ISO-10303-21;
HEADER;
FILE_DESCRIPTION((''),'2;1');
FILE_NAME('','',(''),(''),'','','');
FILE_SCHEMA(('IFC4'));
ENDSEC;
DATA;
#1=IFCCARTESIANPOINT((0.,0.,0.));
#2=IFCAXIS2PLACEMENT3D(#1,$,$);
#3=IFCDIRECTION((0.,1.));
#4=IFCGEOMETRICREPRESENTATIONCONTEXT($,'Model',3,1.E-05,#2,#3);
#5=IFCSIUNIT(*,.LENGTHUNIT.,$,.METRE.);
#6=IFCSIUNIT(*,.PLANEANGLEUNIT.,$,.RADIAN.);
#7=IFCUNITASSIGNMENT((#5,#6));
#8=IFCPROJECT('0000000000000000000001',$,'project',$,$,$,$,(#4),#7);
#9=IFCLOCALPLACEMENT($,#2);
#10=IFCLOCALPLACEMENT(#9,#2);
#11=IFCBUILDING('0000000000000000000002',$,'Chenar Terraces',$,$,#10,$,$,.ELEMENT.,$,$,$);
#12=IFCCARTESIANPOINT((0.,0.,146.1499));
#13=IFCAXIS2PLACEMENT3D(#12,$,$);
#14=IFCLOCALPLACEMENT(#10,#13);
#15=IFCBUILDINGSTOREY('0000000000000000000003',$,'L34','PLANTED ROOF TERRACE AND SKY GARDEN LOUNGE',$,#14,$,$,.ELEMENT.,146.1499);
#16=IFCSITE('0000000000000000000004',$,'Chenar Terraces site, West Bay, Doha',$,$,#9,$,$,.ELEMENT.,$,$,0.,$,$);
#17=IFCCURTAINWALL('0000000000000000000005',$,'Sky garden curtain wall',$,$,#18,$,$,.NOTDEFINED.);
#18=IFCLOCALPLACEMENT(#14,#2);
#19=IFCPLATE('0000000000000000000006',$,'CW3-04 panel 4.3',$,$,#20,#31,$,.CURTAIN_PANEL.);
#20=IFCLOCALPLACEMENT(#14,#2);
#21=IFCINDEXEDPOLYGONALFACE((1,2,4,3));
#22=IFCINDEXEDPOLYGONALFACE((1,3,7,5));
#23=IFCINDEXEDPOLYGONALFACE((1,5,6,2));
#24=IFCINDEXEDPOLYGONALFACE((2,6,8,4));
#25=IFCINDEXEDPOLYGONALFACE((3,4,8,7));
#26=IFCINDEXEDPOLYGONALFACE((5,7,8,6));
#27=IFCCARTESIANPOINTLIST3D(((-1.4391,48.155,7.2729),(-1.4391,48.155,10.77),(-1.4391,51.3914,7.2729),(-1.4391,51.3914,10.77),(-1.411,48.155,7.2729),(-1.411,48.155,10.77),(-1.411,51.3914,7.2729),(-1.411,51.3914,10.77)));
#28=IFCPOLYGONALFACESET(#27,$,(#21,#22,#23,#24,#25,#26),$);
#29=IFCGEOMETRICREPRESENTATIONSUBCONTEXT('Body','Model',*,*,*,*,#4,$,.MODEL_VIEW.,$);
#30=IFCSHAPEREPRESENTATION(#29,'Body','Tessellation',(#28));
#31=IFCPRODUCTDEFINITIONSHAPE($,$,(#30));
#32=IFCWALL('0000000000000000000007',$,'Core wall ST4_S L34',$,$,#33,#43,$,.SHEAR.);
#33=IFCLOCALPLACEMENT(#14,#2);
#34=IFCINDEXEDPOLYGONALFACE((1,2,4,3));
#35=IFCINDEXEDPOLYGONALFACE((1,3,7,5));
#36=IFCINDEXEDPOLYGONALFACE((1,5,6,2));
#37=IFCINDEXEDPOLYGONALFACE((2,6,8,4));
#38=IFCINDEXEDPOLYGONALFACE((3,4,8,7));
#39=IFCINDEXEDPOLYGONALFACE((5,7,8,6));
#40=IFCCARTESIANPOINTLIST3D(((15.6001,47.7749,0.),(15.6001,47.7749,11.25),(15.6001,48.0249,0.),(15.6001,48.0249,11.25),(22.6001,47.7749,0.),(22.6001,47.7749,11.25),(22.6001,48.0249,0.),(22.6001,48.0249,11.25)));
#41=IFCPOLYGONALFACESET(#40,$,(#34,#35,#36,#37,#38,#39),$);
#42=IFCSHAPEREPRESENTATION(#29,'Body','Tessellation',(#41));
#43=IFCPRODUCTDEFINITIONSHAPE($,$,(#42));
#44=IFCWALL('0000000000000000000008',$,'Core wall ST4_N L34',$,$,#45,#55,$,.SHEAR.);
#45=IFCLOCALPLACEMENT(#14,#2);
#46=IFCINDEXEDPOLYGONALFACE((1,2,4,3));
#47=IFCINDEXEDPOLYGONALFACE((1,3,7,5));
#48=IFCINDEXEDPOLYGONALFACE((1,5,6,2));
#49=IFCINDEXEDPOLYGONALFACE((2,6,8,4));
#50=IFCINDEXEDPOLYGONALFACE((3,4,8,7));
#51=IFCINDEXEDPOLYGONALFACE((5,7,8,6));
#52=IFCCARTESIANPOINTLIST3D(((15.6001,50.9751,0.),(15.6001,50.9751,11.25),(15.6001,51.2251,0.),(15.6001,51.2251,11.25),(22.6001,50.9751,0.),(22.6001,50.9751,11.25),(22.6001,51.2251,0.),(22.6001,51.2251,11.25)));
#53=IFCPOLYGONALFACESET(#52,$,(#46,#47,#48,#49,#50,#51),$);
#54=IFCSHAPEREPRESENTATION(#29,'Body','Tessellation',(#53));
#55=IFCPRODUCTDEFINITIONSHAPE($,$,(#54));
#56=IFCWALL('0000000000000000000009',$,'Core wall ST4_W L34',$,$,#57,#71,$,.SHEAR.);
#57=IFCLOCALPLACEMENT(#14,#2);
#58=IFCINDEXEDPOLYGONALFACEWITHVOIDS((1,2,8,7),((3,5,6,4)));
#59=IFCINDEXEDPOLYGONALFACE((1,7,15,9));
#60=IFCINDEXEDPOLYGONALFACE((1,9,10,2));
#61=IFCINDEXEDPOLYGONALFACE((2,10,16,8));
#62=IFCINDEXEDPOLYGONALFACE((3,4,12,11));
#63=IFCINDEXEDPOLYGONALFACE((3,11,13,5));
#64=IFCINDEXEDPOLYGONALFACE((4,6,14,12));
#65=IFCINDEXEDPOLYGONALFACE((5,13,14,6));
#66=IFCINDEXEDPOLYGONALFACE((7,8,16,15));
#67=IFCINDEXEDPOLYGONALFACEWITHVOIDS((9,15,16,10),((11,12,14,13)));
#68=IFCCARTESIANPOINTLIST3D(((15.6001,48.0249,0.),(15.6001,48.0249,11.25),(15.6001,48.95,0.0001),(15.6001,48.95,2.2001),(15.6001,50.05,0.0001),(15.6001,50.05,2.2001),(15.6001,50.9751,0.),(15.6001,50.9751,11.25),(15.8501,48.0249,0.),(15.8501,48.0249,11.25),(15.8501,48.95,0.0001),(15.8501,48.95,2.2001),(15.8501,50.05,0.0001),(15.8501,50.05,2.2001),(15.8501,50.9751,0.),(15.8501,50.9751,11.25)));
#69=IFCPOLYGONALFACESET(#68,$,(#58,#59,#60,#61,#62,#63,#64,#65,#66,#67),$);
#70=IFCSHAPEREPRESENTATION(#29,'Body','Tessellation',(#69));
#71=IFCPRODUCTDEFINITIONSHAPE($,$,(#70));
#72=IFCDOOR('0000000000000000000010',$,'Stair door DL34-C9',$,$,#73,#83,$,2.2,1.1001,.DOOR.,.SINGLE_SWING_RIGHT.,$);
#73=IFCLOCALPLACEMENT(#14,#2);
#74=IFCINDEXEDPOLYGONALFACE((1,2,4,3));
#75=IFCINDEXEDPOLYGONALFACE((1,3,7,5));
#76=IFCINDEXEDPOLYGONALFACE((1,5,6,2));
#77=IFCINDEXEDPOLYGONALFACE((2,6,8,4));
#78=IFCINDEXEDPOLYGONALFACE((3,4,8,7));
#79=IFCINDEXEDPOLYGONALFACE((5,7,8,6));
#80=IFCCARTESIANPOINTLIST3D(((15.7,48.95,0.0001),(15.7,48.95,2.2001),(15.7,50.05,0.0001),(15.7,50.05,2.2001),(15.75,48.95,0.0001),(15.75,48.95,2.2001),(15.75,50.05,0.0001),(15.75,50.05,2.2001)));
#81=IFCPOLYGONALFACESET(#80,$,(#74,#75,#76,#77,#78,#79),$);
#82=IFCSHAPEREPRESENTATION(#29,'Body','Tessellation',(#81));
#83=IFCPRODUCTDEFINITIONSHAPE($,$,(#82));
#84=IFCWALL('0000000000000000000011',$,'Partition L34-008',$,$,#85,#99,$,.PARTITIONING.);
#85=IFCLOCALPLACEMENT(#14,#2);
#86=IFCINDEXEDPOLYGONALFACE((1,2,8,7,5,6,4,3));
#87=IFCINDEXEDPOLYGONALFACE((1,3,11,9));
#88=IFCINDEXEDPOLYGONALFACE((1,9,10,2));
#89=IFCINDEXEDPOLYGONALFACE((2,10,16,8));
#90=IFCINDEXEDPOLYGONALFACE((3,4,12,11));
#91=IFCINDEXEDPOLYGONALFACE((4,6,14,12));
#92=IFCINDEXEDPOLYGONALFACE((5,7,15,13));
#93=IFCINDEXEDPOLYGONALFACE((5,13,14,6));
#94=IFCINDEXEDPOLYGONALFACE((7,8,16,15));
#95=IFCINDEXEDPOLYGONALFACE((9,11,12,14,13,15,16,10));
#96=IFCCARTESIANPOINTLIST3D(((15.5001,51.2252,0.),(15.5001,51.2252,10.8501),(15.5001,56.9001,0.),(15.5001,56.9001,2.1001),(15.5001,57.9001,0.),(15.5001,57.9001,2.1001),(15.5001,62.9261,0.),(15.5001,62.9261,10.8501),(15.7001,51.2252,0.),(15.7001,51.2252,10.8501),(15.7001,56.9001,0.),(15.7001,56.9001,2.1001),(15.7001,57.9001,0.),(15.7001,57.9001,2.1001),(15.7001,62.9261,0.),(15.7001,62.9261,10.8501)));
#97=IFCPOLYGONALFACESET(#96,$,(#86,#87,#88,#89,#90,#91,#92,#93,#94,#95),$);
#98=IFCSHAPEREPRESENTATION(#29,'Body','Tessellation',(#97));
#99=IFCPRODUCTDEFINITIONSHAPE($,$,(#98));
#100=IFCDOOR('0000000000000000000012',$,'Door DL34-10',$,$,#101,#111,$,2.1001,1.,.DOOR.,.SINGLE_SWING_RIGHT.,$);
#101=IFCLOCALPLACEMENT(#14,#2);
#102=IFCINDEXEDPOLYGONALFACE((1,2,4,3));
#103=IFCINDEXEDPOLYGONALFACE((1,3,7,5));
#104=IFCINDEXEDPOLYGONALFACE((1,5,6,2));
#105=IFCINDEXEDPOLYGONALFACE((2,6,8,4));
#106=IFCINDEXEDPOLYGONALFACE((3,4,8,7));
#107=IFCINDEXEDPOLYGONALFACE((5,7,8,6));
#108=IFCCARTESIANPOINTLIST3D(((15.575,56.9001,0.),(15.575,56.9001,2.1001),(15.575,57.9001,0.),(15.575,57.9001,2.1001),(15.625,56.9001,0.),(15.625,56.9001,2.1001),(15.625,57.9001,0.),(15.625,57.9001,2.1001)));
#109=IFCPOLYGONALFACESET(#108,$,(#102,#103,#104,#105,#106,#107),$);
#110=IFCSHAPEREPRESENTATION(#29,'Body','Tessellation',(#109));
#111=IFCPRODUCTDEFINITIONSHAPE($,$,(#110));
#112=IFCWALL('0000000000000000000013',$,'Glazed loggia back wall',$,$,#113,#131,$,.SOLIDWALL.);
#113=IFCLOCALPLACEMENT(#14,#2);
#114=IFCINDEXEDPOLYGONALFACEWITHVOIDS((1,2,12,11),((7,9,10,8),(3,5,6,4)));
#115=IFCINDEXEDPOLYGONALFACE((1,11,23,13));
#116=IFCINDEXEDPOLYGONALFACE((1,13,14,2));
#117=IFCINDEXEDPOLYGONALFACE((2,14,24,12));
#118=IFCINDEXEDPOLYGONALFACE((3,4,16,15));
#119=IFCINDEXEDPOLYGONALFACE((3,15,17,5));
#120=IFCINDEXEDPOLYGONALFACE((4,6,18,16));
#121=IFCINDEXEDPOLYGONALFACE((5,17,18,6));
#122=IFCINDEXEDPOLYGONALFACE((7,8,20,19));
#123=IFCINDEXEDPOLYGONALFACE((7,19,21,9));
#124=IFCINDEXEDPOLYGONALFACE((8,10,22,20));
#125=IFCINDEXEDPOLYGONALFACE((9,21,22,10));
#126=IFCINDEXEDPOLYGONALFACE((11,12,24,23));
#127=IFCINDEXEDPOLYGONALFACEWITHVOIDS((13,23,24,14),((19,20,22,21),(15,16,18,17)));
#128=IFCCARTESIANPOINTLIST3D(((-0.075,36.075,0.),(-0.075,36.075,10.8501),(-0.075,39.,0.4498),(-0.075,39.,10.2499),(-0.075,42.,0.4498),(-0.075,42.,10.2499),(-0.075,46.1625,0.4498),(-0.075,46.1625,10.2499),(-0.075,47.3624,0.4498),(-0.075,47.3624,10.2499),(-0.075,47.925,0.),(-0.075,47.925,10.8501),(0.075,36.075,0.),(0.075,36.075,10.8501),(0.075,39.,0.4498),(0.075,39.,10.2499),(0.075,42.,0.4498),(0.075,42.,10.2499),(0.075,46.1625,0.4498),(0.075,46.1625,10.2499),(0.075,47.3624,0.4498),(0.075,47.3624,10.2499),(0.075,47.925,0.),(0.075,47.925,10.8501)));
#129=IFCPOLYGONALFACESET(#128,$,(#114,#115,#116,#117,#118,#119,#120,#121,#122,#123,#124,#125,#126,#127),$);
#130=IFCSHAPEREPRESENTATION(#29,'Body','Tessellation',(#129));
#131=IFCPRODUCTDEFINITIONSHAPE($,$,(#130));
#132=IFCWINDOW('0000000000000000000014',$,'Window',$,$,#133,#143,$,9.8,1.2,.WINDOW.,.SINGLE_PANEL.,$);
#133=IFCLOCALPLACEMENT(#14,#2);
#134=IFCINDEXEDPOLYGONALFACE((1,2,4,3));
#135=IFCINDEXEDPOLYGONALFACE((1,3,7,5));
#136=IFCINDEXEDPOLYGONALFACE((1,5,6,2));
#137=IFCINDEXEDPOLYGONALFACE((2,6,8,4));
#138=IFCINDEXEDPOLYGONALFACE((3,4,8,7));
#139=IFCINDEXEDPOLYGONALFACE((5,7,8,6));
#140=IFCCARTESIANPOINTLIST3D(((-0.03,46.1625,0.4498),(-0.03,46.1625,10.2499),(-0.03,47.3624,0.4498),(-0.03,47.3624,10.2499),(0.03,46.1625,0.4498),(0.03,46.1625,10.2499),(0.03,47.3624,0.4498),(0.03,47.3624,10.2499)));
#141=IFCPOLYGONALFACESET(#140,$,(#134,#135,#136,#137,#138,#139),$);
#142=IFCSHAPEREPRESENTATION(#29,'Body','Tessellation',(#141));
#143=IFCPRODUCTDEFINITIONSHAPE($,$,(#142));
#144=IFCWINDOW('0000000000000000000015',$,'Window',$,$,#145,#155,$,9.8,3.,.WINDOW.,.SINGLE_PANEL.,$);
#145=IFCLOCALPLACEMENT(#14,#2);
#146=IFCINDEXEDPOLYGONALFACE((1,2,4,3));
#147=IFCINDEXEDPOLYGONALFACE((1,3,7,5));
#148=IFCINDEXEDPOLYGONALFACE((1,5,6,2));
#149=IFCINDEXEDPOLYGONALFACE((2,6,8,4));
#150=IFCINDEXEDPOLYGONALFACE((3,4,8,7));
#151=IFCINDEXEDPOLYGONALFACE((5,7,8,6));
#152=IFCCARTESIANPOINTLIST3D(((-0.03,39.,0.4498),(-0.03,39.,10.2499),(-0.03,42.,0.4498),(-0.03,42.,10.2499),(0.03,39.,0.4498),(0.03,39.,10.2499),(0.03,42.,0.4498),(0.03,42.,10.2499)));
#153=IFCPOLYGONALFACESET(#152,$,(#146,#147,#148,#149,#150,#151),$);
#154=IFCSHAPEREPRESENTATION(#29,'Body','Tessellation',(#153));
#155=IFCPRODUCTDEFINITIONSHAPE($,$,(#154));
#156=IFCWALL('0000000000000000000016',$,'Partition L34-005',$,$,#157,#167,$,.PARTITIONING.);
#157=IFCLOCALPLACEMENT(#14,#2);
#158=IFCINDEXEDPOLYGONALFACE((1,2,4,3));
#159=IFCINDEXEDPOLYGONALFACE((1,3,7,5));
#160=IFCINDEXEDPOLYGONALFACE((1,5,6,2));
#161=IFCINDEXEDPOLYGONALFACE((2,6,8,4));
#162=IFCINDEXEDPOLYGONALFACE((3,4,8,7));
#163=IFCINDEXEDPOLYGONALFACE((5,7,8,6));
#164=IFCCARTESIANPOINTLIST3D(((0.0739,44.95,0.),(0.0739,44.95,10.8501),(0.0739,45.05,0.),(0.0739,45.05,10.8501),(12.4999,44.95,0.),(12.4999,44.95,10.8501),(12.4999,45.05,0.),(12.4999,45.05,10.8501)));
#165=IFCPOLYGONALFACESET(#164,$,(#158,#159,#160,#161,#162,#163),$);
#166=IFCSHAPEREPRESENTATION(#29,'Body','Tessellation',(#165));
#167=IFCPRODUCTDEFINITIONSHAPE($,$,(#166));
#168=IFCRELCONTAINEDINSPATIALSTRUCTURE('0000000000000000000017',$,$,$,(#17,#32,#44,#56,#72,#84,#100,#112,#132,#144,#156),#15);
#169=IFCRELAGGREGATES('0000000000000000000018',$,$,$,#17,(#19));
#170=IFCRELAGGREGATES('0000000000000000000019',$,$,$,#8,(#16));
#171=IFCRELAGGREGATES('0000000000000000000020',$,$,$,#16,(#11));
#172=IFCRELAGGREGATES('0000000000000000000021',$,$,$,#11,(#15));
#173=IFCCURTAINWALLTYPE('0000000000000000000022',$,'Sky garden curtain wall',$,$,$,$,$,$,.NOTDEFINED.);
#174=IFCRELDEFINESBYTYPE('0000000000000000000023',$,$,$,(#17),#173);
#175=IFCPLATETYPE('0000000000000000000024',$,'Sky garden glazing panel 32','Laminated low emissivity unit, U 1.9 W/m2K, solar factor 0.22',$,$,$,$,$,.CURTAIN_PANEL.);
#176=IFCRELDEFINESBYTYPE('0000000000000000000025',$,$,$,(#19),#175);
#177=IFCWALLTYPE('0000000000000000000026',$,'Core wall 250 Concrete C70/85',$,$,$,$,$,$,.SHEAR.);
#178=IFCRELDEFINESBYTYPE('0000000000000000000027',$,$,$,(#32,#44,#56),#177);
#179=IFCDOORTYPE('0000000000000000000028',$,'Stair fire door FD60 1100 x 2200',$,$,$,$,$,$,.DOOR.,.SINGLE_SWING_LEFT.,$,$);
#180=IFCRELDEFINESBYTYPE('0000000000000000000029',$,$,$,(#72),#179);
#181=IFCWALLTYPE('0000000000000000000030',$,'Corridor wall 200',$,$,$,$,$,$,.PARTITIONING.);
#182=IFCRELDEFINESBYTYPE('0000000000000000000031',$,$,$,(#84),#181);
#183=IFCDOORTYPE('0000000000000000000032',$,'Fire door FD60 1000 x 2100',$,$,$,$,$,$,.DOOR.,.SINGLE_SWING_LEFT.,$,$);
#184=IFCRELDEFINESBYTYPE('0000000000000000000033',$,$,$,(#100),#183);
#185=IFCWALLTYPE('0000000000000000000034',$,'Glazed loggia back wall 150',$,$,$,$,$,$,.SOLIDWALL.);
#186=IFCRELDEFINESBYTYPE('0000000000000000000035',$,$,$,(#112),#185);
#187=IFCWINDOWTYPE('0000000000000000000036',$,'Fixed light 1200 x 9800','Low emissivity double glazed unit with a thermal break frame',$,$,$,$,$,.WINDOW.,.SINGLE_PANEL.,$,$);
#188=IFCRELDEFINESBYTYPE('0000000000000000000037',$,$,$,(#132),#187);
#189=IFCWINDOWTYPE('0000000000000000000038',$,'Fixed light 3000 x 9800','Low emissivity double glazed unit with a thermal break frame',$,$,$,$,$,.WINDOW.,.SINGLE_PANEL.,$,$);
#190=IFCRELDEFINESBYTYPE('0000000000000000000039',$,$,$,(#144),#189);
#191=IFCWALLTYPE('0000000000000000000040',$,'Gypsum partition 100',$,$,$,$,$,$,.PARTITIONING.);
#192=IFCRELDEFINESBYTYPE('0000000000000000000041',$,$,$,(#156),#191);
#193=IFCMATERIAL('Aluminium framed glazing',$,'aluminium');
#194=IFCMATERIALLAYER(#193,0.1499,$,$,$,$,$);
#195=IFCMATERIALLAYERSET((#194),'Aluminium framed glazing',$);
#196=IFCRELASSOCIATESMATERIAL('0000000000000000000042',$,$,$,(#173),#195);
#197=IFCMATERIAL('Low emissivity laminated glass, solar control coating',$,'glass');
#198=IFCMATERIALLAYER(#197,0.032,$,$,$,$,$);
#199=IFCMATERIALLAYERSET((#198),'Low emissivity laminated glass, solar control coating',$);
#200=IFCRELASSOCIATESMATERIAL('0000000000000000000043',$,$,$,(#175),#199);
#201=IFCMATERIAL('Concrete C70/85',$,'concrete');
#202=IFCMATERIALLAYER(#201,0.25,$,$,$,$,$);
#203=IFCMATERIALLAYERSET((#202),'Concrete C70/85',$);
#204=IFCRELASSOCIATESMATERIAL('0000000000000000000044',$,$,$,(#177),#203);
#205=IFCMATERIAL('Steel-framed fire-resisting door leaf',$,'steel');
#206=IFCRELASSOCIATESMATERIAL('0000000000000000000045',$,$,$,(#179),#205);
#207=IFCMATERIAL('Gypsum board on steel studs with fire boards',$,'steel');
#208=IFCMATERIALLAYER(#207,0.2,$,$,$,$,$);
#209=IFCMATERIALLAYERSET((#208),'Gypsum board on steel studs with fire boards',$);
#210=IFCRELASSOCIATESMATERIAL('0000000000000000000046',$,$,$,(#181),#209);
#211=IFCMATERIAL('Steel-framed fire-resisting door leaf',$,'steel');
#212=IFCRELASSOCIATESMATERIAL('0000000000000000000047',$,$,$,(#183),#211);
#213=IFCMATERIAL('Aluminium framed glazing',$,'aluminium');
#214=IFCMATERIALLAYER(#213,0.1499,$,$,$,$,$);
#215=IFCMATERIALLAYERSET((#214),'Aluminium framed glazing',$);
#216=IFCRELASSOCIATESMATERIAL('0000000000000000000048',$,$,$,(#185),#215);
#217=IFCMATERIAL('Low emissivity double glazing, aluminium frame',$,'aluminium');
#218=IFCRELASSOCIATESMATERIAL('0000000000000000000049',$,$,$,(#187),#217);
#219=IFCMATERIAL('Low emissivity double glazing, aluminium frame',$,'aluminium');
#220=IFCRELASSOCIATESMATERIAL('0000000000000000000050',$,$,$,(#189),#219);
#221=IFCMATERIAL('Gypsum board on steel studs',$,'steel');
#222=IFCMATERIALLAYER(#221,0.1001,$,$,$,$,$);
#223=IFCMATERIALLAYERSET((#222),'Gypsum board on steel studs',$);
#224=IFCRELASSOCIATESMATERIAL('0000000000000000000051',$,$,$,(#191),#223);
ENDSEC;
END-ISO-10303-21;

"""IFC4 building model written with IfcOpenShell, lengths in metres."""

from ifc_helpers import new_model, si_unit, direction, frame, frame_2d, origin, origin_2d, place, context, subcontext, project, spatial, rectangle, extrude, material, layer, layer_set, type_object, element, fill, aggregate, save


model = new_model("IFC4")

# Units and contexts
model_context = context("Model", 3, precision=1e-05, world=origin(), true_north=direction((0.0, 1.0)))
body_context = subcontext(model_context, "Body", "Model", "MODEL_VIEW")
ifc_project = project(units=[si_unit("LENGTHUNIT", "METRE"), si_unit("PLANEANGLEUNIT", "RADIAN")], contexts=[model_context])

# Site, building, storey
site_placement = place(None, origin())
site = spatial("IfcSite", under=ifc_project, at=site_placement, Name="Chenar Terraces site, West Bay, Doha", CompositionType="ELEMENT", RefElevation=0.0)
building_placement = place(site_placement, origin())
building = spatial("IfcBuilding", under=site, at=building_placement, Name="Chenar Terraces", CompositionType="ELEMENT")
storey_placement = place(building_placement, frame((0.0, 0.0, 146.1499)))
storey = spatial("IfcBuildingStorey", under=building, at=storey_placement, Name="L34", Description="PLANTED ROOF TERRACE AND SKY GARDEN LOUNGE", CompositionType="ELEMENT", Elevation=146.1499)

# Curtain wall, plate
ifc_material_1 = material(Name="Aluminium framed glazing", Category="aluminium")
ifc_layer_1 = layer(ifc_material_1, 0.1499)
ifc_layer_set_1 = layer_set([ifc_layer_1], Name="Aluminium framed glazing")
curtain_wall_type = type_object("IfcCurtainWallType", Name="Sky garden curtain wall", PredefinedType="NOTDEFINED", material=ifc_layer_set_1)
curtain_wall_placement = place(storey_placement, origin())
curtain_wall = element("IfcCurtainWall", 1, at=curtain_wall_placement, inside=storey, type_object=curtain_wall_type, Name="Sky garden curtain wall", PredefinedType="NOTDEFINED")
ifc_material_2 = material(Name="Low emissivity laminated glass, solar control coating", Category="glass")
ifc_layer_2 = layer(ifc_material_2, 0.032)
ifc_layer_set_2 = layer_set([ifc_layer_2], Name="Low emissivity laminated glass, solar control coating")
plate_type = type_object("IfcPlateType", Name="Sky garden glazing panel 32", Description="Laminated low emissivity unit, U 1.9 W/m2K, solar factor 0.22", PredefinedType="CURTAIN_PANEL", material=ifc_layer_set_2)
plate_1_placement = place(storey_placement, frame((-1.425, 49.7732, 7.2729), z_axis=(0.0, 0.0, 1.0), x_axis=(0.0, -1.0, 0.0)))
plate_1 = element("IfcPlate", 2, at=plate_1_placement, type_object=plate_type, Name="CW3-04 panel 4.3", PredefinedType="CURTAIN_PANEL", context=body_context, shape_type="SweptSolid", body=[
    extrude(rectangle(XDim=3.2363, YDim=0.0281, at=origin_2d()), origin(), (0.0, 0.0, 1.0), 3.4971),
])
aggregate(curtain_wall, [plate_1])

# Walls
ifc_material_3 = material(Name="Concrete C70/85", Category="concrete")
ifc_layer_3 = layer(ifc_material_3, 0.25)
ifc_layer_set_3 = layer_set([ifc_layer_3], Name="Concrete C70/85")
wall_type_1 = type_object("IfcWallType", Name="Core wall 250 Concrete C70/85", PredefinedType="SHEAR", material=ifc_layer_set_3)
for number, where, z_axis, x_axis, name in (
    (3, (15.6001, 47.8999, 0.0), (0.0, 0.0, 1.0), (1.0, 0.0, 0.0), "Core wall ST4_S L34"),
    (4, (15.6001, 51.1001, 0.0), (0.0, 0.0, 1.0), (1.0, 0.0, 0.0), "Core wall ST4_N L34"),
):
    element("IfcWall", number, at=place(storey_placement, frame(where, z_axis=z_axis, x_axis=x_axis)), inside=storey, type_object=wall_type_1, Name=name, PredefinedType="SHEAR", context=body_context, shape_type="SweptSolid", body=[
        extrude(rectangle(XDim=7.0, YDim=0.25, at=frame_2d((3.5, 0.0))), origin(), (0.0, 0.0, 1.0), 11.25),
    ])

# Walls, openings, doors
wall_1_placement = place(storey_placement, frame((15.7251, 48.0249, 0.0), z_axis=(0.0, 0.0, 1.0), x_axis=(0.0, 1.0, 0.0)))
wall_1 = element("IfcWall", 5, at=wall_1_placement, inside=storey, type_object=wall_type_1, Name="Core wall ST4_W L34", PredefinedType="SHEAR", context=body_context, shape_type="SweptSolid", body=[
    extrude(rectangle(XDim=2.9502, YDim=0.25, at=frame_2d((1.4751, 0.0))), origin(), (0.0, 0.0, 1.0), 11.25),
])
opening_1_placement = place(wall_1_placement, frame((0.925, 0.0, 0.0)))
opening_1 = element("IfcOpeningElement", 6, at=opening_1_placement, cuts=wall_1, PredefinedType="OPENING", context=body_context, shape_type="SweptSolid", body=[
    extrude(rectangle(XDim=1.1001, YDim=2.2, at=frame_2d((0.55, 1.1001))), frame((0.0, 0.135, 0.0), z_axis=(0.0, -1.0, 0.0), x_axis=(1.0, 0.0, 0.0)), (0.0, 0.0, 1.0), 0.27),
])
ifc_material_4 = material(Name="Steel-framed fire-resisting door leaf", Category="steel")
door_type_1 = type_object("IfcDoorType", Name="Stair fire door FD60 1100 x 2200", OperationType="SINGLE_SWING_LEFT", PredefinedType="DOOR", material=ifc_material_4)
door_1_placement = place(opening_1_placement, frame((1.1001, 0.0, 0.0), z_axis=(0.0, 0.0, 1.0), x_axis=(-1.0, 0.0, 0.0)))
door_1 = element("IfcDoor", 7, at=door_1_placement, inside=storey, type_object=door_type_1, Name="Stair door DL34-C9", OperationType="SINGLE_SWING_RIGHT", OverallHeight=2.2, OverallWidth=1.1001, PredefinedType="DOOR", context=body_context, shape_type="SweptSolid", body=[
    extrude(rectangle(XDim=1.1001, YDim=2.2, at=frame_2d((0.55, 1.1001))), frame((0.0, 0.0249, 0.0), z_axis=(0.0, -1.0, 0.0), x_axis=(1.0, 0.0, 0.0)), (0.0, 0.0, 1.0), 0.05),
])
fill(opening_1, door_1)
ifc_material_5 = material(Name="Gypsum board on steel studs with fire boards", Category="steel")
ifc_layer_4 = layer(ifc_material_5, 0.2)
ifc_layer_set_4 = layer_set([ifc_layer_4], Name="Gypsum board on steel studs with fire boards")
wall_type_2 = type_object("IfcWallType", Name="Corridor wall 200", PredefinedType="PARTITIONING", material=ifc_layer_set_4)
wall_2_placement = place(storey_placement, frame((15.6001, 51.2251, 0.0), z_axis=(0.0, 0.0, 1.0), x_axis=(0.0, 1.0, 0.0)))
wall_2 = element("IfcWall", 8, at=wall_2_placement, inside=storey, type_object=wall_type_2, Name="Partition L34-008", PredefinedType="PARTITIONING", context=body_context, shape_type="SweptSolid", body=[
    extrude(rectangle(XDim=11.7009, YDim=0.2, at=frame_2d((5.8506, 0.0))), origin(), (0.0, 0.0, 1.0), 10.8501),
])
opening_2_placement = place(wall_2_placement, frame((5.675, 0.0, 0.0)))
opening_2 = element("IfcOpeningElement", 9, at=opening_2_placement, cuts=wall_2, PredefinedType="OPENING", context=body_context, shape_type="SweptSolid", body=[
    extrude(rectangle(XDim=1.0, YDim=2.1001, at=frame_2d((0.5, 1.05))), frame((0.0, 0.1099, 0.0), z_axis=(0.0, -1.0, 0.0), x_axis=(1.0, 0.0, 0.0)), (0.0, 0.0, 1.0), 0.22),
])
ifc_material_6 = material(Name="Steel-framed fire-resisting door leaf", Category="steel")
door_type_2 = type_object("IfcDoorType", Name="Fire door FD60 1000 x 2100", OperationType="SINGLE_SWING_LEFT", PredefinedType="DOOR", material=ifc_material_6)
door_2_placement = place(opening_2_placement, frame((1.0, 0.0, 0.0), z_axis=(0.0, 0.0, 1.0), x_axis=(-1.0, 0.0, 0.0)))
door_2 = element("IfcDoor", 10, at=door_2_placement, inside=storey, type_object=door_type_2, Name="Door DL34-10", OperationType="SINGLE_SWING_RIGHT", OverallHeight=2.1001, OverallWidth=1.0, PredefinedType="DOOR", context=body_context, shape_type="SweptSolid", body=[
    extrude(rectangle(XDim=1.0, YDim=2.1001, at=frame_2d((0.5, 1.05))), frame((0.0, 0.0249, 0.0), z_axis=(0.0, -1.0, 0.0), x_axis=(1.0, 0.0, 0.0)), (0.0, 0.0, 1.0), 0.05),
])
fill(opening_2, door_2)

# Wall, openings, windows
ifc_material_7 = material(Name="Aluminium framed glazing", Category="aluminium")
ifc_layer_5 = layer(ifc_material_7, 0.1499)
ifc_layer_set_5 = layer_set([ifc_layer_5], Name="Aluminium framed glazing")
wall_type_3 = type_object("IfcWallType", Name="Glazed loggia back wall 150", PredefinedType="SOLIDWALL", material=ifc_layer_set_5)
wall_3_placement = place(storey_placement, frame((0.0, 47.925, 0.0), z_axis=(0.0, 0.0, 1.0), x_axis=(0.0, -1.0, 0.0)))
wall_3 = element("IfcWall", 11, at=wall_3_placement, inside=storey, type_object=wall_type_3, Name="Glazed loggia back wall", PredefinedType="SOLIDWALL", context=body_context, shape_type="SweptSolid", body=[
    extrude(rectangle(XDim=11.8501, YDim=0.1499, at=frame_2d((5.925, 0.0))), origin(), (0.0, 0.0, 1.0), 10.8501),
])
opening_3_placement = place(wall_3_placement, frame((0.5625, 0.0, 0.45)))
opening_3 = element("IfcOpeningElement", 12, at=opening_3_placement, cuts=wall_3, PredefinedType="OPENING", context=body_context, shape_type="SweptSolid", body=[
    extrude(rectangle(XDim=1.2, YDim=9.8, at=frame_2d((0.6001, 4.8999))), frame((0.0, 0.085, 0.0), z_axis=(0.0, -1.0, 0.0), x_axis=(1.0, 0.0, 0.0)), (0.0, 0.0, 1.0), 0.1699),
])
opening_4_placement = place(wall_3_placement, frame((5.925, 0.0, 0.45)))
opening_4 = element("IfcOpeningElement", 13, at=opening_4_placement, cuts=wall_3, PredefinedType="OPENING", context=body_context, shape_type="SweptSolid", body=[
    extrude(rectangle(XDim=3.0, YDim=9.8, at=frame_2d((1.5, 4.8999))), frame((0.0, 0.085, 0.0), z_axis=(0.0, -1.0, 0.0), x_axis=(1.0, 0.0, 0.0)), (0.0, 0.0, 1.0), 0.1699),
])
ifc_material_8 = material(Name="Low emissivity double glazing, aluminium frame", Category="aluminium")
window_type_1 = type_object("IfcWindowType", Name="Fixed light 1200 x 9800", Description="Low emissivity double glazed unit with a thermal break frame", PartitioningType="SINGLE_PANEL", PredefinedType="WINDOW", material=ifc_material_8)
window_1_placement = place(opening_3_placement, origin())
window_1 = element("IfcWindow", 14, at=window_1_placement, inside=storey, type_object=window_type_1, Name="Window", OverallHeight=9.8, OverallWidth=1.2, PartitioningType="SINGLE_PANEL", PredefinedType="WINDOW", context=body_context, shape_type="SweptSolid", body=[
    extrude(rectangle(XDim=1.2, YDim=9.8, at=frame_2d((0.6001, 4.8999))), frame((0.0, 0.03, 0.0), z_axis=(0.0, -1.0, 0.0), x_axis=(1.0, 0.0, 0.0)), (0.0, 0.0, 1.0), 0.0601),
])
fill(opening_3, window_1)
ifc_material_9 = material(Name="Low emissivity double glazing, aluminium frame", Category="aluminium")
window_type_2 = type_object("IfcWindowType", Name="Fixed light 3000 x 9800", Description="Low emissivity double glazed unit with a thermal break frame", PartitioningType="SINGLE_PANEL", PredefinedType="WINDOW", material=ifc_material_9)
window_2_placement = place(opening_4_placement, origin())
window_2 = element("IfcWindow", 15, at=window_2_placement, inside=storey, type_object=window_type_2, Name="Window", OverallHeight=9.8, OverallWidth=3.0, PartitioningType="SINGLE_PANEL", PredefinedType="WINDOW", context=body_context, shape_type="SweptSolid", body=[
    extrude(rectangle(XDim=3.0, YDim=9.8, at=frame_2d((1.5, 4.8999))), frame((0.0, 0.03, 0.0), z_axis=(0.0, -1.0, 0.0), x_axis=(1.0, 0.0, 0.0)), (0.0, 0.0, 1.0), 0.0601),
])
fill(opening_4, window_2)

# Wall
ifc_material_10 = material(Name="Gypsum board on steel studs", Category="steel")
ifc_layer_6 = layer(ifc_material_10, 0.1001)
ifc_layer_set_6 = layer_set([ifc_layer_6], Name="Gypsum board on steel studs")
wall_type_4 = type_object("IfcWallType", Name="Gypsum partition 100", PredefinedType="PARTITIONING", material=ifc_layer_set_6)
wall_4_placement = place(storey_placement, frame((0.074, 45.0, 0.0), z_axis=(0.0, 0.0, 1.0), x_axis=(1.0, 0.0, 0.0)))
element("IfcWall", 16, at=wall_4_placement, inside=storey, type_object=wall_type_4, Name="Partition L34-005", PredefinedType="PARTITIONING", context=body_context, shape_type="SweptSolid", body=[
    extrude(rectangle(XDim=12.426, YDim=0.1001, at=frame_2d((6.2129, 0.0))), origin(), (0.0, 0.0, 1.0), 10.8501),
])

save(model, "model.ifc")
